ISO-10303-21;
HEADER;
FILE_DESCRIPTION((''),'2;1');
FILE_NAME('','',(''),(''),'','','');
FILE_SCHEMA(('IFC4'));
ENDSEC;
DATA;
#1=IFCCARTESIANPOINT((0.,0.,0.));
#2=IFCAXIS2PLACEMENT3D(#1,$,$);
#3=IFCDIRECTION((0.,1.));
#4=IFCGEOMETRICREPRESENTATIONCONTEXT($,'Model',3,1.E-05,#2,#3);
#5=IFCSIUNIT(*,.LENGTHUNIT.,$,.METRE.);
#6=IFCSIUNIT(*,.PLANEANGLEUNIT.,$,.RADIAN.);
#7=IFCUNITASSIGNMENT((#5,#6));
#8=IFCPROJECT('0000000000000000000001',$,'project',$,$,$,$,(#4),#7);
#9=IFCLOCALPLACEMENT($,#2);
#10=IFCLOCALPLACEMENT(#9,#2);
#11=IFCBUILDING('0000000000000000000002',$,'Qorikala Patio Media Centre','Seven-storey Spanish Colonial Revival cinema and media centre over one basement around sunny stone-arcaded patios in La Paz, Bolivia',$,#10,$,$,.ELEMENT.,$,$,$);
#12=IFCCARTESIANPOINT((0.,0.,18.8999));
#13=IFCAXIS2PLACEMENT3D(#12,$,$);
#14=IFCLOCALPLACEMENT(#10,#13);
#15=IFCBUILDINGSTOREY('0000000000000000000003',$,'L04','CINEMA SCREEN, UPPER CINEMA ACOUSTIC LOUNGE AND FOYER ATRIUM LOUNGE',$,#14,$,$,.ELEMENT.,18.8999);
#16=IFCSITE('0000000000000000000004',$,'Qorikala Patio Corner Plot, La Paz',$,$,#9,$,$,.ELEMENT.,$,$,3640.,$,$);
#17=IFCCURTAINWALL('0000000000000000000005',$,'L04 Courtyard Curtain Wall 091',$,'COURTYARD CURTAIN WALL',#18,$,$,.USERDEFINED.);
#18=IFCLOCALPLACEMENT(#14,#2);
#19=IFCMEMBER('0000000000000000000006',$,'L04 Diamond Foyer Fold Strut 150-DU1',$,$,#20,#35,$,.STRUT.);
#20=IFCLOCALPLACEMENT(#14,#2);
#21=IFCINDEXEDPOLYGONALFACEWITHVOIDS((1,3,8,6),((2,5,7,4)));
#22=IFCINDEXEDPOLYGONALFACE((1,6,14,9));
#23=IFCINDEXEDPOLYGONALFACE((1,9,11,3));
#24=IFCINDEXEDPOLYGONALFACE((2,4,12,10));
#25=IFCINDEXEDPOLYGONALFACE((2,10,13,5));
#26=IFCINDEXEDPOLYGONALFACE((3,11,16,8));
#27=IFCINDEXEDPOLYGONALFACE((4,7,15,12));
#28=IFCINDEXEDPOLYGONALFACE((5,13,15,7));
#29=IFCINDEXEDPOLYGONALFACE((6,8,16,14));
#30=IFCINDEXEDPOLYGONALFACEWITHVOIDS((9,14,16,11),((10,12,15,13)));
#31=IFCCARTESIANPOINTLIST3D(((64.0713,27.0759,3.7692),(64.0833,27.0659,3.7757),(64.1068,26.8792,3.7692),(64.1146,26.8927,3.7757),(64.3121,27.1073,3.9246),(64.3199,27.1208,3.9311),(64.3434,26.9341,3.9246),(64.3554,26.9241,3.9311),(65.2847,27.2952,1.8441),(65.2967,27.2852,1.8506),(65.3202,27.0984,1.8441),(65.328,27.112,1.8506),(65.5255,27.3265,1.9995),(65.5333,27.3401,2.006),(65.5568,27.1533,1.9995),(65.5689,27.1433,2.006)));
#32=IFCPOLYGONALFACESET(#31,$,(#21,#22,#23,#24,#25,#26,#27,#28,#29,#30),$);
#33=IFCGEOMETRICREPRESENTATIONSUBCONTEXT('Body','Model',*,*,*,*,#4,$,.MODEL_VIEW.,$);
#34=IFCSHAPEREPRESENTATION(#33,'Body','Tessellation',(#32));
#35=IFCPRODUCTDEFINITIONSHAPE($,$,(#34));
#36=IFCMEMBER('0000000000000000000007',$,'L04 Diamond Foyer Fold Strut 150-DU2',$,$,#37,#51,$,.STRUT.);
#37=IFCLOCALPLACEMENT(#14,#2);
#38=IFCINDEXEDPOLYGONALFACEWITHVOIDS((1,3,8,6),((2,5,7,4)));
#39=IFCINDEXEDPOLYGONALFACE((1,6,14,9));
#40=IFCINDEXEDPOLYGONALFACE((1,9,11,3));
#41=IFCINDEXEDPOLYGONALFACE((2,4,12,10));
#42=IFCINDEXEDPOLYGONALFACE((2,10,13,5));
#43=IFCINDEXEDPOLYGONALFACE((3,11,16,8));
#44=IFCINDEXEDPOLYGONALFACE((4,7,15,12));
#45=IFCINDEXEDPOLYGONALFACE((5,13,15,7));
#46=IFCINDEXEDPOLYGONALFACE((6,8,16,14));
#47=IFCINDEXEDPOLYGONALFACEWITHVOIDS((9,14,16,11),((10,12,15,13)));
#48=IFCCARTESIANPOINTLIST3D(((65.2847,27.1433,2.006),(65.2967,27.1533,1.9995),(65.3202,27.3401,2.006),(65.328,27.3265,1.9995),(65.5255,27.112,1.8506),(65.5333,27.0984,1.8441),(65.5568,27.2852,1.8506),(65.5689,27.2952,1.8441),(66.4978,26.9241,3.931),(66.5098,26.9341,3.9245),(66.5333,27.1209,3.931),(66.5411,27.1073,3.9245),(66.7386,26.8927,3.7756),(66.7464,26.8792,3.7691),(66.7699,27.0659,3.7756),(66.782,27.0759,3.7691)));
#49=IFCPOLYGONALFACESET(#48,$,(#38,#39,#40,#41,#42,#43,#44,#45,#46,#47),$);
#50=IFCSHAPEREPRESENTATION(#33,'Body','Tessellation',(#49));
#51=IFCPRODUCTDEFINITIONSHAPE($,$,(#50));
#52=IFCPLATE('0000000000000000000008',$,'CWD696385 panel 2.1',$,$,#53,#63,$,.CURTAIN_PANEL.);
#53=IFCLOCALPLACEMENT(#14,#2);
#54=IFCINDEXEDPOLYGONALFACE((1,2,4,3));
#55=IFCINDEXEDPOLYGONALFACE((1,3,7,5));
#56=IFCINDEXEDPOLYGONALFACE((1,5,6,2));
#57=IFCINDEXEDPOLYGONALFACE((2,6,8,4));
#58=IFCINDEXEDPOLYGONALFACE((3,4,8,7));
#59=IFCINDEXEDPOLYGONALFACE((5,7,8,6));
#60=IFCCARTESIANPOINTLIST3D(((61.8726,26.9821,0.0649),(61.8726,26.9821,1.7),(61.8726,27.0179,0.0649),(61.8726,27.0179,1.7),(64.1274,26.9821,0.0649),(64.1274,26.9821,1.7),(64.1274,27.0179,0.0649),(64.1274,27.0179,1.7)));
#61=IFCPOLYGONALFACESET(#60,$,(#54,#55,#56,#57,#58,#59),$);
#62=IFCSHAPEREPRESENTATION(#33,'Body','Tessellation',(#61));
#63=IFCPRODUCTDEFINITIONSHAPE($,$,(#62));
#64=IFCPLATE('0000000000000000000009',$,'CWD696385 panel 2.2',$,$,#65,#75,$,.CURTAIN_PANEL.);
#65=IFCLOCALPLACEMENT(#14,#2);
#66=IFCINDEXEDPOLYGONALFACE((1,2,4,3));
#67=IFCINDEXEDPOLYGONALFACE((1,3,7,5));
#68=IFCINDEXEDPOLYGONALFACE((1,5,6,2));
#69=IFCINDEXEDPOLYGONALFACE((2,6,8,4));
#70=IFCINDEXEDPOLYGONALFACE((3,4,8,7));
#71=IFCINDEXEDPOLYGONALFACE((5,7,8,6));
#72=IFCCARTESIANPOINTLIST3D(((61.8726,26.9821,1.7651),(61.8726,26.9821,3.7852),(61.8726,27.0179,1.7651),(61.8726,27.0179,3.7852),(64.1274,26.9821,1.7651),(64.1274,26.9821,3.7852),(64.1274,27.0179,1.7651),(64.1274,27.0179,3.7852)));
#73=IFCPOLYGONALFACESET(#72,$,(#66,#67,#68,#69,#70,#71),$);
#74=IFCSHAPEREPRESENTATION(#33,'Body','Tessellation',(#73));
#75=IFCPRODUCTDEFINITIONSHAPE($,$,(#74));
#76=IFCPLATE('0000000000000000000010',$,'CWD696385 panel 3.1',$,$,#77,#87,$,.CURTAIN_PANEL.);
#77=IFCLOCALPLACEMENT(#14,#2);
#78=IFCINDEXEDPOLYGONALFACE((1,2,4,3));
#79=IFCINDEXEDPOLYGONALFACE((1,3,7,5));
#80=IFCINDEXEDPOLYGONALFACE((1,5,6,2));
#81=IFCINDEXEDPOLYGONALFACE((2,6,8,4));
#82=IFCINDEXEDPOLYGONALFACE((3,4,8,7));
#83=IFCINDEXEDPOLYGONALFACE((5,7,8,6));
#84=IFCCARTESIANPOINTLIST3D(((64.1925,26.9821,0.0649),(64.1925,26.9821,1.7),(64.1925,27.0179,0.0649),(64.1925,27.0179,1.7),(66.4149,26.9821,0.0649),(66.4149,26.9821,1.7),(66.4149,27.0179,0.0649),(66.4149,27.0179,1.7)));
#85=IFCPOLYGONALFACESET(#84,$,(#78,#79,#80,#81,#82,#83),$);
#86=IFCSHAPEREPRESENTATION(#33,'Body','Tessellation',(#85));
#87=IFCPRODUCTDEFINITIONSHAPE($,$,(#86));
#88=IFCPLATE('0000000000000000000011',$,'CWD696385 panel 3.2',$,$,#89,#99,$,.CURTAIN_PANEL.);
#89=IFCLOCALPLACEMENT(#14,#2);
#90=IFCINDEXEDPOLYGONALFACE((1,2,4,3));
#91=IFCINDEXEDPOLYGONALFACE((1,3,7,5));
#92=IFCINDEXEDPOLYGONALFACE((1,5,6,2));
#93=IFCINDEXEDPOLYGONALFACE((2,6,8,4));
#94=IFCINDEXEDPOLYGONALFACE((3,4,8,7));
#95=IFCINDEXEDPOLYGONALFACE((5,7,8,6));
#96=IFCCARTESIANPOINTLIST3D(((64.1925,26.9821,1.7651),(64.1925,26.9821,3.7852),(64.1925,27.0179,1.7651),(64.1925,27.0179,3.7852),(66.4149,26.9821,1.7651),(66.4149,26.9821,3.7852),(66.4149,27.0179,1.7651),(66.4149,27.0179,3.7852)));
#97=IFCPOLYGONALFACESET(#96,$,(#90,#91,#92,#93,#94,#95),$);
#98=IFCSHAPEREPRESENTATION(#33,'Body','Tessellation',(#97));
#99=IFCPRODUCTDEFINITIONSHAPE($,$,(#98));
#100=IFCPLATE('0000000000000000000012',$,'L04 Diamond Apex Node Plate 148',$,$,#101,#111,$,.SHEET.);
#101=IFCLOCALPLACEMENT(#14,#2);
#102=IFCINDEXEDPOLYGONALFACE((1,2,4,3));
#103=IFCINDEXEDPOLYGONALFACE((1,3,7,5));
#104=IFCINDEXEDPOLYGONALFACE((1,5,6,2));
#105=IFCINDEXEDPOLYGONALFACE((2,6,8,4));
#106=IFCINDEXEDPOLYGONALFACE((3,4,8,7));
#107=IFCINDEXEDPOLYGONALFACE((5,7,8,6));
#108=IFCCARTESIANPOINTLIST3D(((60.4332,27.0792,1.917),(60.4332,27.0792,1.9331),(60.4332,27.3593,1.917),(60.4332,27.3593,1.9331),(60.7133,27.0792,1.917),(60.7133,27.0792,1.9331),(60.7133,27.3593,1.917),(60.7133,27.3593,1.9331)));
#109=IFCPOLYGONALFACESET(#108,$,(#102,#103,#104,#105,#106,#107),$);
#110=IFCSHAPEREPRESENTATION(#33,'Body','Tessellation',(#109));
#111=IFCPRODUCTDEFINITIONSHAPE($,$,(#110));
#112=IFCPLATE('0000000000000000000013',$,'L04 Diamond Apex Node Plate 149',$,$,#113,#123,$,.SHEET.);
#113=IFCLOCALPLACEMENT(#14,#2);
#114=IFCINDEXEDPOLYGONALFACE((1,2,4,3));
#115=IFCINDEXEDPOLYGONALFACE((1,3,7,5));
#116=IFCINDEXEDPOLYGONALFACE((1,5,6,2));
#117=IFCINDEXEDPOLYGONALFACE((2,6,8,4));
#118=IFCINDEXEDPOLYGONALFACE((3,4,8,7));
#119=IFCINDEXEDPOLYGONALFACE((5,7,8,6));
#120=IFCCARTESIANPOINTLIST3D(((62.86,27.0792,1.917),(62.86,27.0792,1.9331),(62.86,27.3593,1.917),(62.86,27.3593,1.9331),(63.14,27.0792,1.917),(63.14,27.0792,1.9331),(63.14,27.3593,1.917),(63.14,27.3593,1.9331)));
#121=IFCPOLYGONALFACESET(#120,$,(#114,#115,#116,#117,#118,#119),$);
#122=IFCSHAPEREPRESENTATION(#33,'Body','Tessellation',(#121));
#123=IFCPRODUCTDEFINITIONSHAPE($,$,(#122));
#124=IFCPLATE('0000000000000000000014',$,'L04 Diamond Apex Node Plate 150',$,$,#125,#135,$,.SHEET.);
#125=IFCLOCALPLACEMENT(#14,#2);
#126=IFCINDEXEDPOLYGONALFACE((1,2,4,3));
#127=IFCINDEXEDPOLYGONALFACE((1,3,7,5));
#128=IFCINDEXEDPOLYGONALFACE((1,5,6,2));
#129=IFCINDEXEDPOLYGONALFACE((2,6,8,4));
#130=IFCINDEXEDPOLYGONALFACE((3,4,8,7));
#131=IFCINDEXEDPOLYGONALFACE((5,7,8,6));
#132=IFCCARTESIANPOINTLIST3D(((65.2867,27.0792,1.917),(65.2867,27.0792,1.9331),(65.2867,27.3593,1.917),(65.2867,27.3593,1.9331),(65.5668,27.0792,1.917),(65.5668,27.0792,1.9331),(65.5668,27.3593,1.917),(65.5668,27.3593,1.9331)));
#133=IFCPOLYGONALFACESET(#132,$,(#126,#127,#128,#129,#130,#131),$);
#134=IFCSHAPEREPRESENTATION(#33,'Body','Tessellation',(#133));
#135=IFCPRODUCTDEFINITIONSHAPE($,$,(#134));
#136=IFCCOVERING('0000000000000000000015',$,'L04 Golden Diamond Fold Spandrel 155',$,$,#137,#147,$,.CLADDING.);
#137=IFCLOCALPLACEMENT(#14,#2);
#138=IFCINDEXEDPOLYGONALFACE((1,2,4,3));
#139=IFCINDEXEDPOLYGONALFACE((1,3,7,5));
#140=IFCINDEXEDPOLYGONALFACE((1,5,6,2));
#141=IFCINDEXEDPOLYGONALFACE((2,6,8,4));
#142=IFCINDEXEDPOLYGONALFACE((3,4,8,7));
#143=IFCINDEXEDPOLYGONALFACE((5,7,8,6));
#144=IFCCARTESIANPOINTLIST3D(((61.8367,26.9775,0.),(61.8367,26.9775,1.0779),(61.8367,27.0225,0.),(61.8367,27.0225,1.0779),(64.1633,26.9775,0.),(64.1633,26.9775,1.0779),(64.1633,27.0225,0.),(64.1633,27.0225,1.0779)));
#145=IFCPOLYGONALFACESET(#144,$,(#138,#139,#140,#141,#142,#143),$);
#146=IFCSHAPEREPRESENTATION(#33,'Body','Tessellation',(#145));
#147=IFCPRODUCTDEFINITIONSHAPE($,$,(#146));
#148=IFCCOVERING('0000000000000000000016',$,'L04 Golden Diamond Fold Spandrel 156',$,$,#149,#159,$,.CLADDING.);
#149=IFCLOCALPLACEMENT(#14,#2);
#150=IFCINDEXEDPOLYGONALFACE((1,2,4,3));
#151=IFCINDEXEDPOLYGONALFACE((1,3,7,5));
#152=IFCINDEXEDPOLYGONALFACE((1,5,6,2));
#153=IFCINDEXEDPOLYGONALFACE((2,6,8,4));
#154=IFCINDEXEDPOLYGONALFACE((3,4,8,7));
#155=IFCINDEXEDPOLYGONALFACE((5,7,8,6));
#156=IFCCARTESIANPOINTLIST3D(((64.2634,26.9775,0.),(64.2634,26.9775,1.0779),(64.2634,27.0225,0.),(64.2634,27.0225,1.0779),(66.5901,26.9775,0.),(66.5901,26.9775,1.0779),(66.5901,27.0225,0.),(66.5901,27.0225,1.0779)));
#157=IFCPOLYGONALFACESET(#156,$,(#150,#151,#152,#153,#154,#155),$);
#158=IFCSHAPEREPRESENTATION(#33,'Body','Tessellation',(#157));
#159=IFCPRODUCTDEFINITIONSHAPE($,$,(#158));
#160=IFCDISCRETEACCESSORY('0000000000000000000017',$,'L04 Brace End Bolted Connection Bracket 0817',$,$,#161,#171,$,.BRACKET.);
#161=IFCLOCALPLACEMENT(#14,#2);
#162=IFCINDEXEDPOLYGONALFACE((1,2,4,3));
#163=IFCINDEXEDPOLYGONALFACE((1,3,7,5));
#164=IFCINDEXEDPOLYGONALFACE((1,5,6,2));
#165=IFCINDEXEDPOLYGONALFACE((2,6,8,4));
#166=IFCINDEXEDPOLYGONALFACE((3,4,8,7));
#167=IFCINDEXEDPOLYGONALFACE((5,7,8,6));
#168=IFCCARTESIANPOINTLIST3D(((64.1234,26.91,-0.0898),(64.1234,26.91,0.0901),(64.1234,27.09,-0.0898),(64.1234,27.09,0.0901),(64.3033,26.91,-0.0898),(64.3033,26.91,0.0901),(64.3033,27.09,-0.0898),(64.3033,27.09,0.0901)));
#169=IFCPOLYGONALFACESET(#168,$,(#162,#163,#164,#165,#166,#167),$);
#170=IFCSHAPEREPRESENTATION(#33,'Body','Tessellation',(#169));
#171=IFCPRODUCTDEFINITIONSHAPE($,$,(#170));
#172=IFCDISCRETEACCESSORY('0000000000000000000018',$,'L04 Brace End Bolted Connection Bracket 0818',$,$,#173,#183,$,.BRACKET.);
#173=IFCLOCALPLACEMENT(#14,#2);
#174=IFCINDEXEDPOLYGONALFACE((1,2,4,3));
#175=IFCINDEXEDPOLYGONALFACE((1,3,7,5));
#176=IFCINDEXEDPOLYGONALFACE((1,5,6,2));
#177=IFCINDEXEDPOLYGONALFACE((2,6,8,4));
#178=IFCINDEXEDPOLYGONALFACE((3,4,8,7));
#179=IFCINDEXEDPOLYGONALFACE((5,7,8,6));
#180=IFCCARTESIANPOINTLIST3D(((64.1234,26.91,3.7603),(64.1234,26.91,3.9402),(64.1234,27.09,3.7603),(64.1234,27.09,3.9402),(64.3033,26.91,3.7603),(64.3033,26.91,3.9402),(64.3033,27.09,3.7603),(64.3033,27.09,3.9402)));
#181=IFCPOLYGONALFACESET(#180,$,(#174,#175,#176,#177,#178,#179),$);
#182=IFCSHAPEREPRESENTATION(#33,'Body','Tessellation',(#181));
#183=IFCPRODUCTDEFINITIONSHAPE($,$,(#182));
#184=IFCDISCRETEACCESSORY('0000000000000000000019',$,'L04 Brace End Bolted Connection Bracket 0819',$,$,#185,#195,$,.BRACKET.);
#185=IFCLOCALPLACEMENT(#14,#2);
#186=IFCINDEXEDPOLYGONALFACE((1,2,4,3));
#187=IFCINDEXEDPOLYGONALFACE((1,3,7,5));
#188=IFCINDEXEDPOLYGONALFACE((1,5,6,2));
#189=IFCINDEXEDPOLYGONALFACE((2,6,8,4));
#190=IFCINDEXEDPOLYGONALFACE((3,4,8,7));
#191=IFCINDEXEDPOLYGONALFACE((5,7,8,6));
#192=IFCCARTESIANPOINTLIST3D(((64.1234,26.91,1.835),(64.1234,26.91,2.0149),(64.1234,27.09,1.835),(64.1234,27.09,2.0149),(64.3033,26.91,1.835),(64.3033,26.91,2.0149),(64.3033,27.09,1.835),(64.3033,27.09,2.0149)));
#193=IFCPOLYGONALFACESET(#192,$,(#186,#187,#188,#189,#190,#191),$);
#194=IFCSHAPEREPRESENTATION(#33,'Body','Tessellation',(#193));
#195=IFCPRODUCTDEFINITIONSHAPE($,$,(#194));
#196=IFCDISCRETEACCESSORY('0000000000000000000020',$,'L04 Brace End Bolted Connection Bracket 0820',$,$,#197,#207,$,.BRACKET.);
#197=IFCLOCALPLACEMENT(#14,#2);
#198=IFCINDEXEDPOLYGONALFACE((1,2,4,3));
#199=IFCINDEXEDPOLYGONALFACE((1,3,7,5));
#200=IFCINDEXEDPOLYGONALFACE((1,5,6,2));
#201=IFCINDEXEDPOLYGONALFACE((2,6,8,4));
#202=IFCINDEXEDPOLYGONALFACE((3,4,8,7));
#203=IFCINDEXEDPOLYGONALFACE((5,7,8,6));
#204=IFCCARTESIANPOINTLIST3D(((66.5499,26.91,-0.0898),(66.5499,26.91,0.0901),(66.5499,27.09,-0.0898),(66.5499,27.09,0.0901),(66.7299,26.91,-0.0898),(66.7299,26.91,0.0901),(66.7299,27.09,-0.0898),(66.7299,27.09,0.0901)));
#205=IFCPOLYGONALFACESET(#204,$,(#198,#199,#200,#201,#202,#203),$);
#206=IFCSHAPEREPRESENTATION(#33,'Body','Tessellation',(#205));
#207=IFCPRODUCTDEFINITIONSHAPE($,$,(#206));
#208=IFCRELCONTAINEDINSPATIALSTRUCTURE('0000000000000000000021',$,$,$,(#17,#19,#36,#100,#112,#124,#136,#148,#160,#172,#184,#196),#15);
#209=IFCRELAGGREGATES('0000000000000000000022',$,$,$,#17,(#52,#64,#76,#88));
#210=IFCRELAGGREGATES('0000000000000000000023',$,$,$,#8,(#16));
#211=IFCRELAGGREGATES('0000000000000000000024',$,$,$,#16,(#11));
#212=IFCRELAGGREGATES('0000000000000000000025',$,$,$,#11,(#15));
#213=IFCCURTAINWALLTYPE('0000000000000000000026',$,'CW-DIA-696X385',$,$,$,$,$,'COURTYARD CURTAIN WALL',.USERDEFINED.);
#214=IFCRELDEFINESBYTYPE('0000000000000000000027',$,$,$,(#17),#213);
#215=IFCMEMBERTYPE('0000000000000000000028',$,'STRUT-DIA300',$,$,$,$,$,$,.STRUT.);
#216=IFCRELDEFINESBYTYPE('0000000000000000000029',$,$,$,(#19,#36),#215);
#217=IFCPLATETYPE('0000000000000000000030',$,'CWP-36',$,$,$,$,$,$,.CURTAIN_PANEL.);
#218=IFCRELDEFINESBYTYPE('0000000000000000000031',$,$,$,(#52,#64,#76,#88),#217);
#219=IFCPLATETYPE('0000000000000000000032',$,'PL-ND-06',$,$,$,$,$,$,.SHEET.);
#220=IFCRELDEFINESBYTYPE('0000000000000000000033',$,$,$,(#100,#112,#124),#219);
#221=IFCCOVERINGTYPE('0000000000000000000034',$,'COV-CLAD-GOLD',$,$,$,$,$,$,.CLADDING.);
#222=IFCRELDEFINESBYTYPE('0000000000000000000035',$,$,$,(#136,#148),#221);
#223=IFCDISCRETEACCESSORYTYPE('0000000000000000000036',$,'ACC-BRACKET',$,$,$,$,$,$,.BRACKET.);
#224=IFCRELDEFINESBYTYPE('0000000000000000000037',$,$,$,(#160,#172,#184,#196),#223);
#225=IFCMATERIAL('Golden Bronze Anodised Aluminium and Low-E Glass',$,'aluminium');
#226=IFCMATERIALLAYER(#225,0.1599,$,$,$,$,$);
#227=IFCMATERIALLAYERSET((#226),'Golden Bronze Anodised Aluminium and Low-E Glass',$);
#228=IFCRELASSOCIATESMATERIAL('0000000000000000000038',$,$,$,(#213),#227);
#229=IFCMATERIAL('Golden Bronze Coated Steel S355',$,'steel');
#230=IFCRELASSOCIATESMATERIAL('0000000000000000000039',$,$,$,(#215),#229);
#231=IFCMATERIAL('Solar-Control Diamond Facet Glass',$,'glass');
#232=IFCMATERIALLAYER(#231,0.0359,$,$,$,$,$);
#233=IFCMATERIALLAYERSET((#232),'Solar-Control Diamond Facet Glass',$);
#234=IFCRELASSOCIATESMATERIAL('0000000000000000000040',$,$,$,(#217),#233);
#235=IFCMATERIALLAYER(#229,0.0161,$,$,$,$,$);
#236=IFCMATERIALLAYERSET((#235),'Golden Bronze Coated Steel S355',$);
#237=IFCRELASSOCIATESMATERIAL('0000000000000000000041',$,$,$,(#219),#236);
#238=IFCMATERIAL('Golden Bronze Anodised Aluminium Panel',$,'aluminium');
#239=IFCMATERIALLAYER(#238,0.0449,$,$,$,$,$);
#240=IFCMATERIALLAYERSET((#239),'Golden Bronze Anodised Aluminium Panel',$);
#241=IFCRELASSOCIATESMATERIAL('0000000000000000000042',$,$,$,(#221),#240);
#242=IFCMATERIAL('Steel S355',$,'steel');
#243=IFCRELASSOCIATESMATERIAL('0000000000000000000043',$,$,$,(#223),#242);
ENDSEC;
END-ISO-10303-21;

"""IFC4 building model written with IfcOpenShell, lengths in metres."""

from ifc_helpers import new_model, si_unit, direction, frame, origin, origin_2d, place, context, subcontext, project, spatial, rectangle, hollow_rectangle, extrude, material, layer, layer_set, material_profile, profile_set, type_object, element, aggregate, save


model = new_model("IFC4")

# Units and contexts
model_context = context("Model", 3, precision=1e-05, world=origin(), true_north=direction((0.0, 1.0)))
body_context = subcontext(model_context, "Body", "Model", "MODEL_VIEW")
ifc_project = project(units=[si_unit("LENGTHUNIT", "METRE"), si_unit("PLANEANGLEUNIT", "RADIAN")], contexts=[model_context])

# Site, building, storey
site_placement = place(None, origin())
site = spatial("IfcSite", under=ifc_project, at=site_placement, Name="Qorikala Patio Corner Plot, La Paz", CompositionType="ELEMENT", RefElevation=3640.0)
building_placement = place(site_placement, origin())
building = spatial("IfcBuilding", under=site, at=building_placement, Name="Qorikala Patio Media Centre", Description="Seven-storey Spanish Colonial Revival cinema and media centre over one basement around sunny stone-arcaded patios in La Paz, Bolivia", CompositionType="ELEMENT")
storey_placement = place(building_placement, frame((0.0, 0.0, 18.8999)))
storey = spatial("IfcBuildingStorey", under=building, at=storey_placement, Name="L04", Description="CINEMA SCREEN, UPPER CINEMA ACOUSTIC LOUNGE AND FOYER ATRIUM LOUNGE", CompositionType="ELEMENT", Elevation=18.8999)

# Shared definitions
ifc_material_1 = material(Name="Golden Bronze Coated Steel S355", Category="steel")

# Curtain wall
ifc_material_2 = material(Name="Golden Bronze Anodised Aluminium and Low-E Glass", Category="aluminium")
ifc_layer_1 = layer(ifc_material_2, 0.1599)
ifc_layer_set_1 = layer_set([ifc_layer_1], Name="Golden Bronze Anodised Aluminium and Low-E Glass")
curtain_wall_type = type_object("IfcCurtainWallType", Name="CW-DIA-696X385", ElementType="COURTYARD CURTAIN WALL", PredefinedType="USERDEFINED", material=ifc_layer_set_1)
curtain_wall_placement = place(storey_placement, origin())
curtain_wall = element("IfcCurtainWall", 1, at=curtain_wall_placement, inside=storey, type_object=curtain_wall_type, Name="L04 Courtyard Curtain Wall 091", ObjectType="COURTYARD CURTAIN WALL", PredefinedType="USERDEFINED")

# Members
ifc_material_profile_1 = material_profile(ifc_material_1, hollow_rectangle(XDim=0.2, YDim=0.3, WallThickness=0.012, at=origin_2d()), Name="HSS300X200X12")
ifc_profile_set_1 = profile_set([ifc_material_profile_1], Name="Golden Bronze Coated Steel S355")
member_type_1 = type_object("IfcMemberType", Name="STRUT-DIA300", PredefinedType="STRUT", material=ifc_profile_set_1)
member_1_placement = place(storey_placement, frame((65.4268, 27.2192, 1.925), z_axis=(-0.530768, -0.095901, 0.842074), x_axis=(0.177805, -0.984066, 0.0)))
element("IfcMember", 2, at=member_1_placement, inside=storey, type_object=member_type_1, Name="L04 Diamond Foyer Fold Strut 150-DU1", PredefinedType="STRUT", context=body_context, shape_type="SweptSolid", body=[
    extrude(hollow_rectangle(XDim=0.2, YDim=0.3, WallThickness=0.012, at=origin_2d()), origin(), (0.0, 0.0, 1.0), 2.2861),
])
member_2_placement = place(storey_placement, frame((65.4268, 27.2192, 1.925), z_axis=(0.530691, -0.095907, 0.842121), x_axis=(0.17784, 0.984059, 0.0)))
element("IfcMember", 3, at=member_2_placement, inside=storey, type_object=member_type_1, Name="L04 Diamond Foyer Fold Strut 150-DU2", PredefinedType="STRUT", context=body_context, shape_type="SweptSolid", body=[
    extrude(hollow_rectangle(XDim=0.2, YDim=0.3, WallThickness=0.012, at=origin_2d()), origin(), (0.0, 0.0, 1.0), 2.2859),
])

# Plates
ifc_material_3 = material(Name="Solar-Control Diamond Facet Glass", Category="glass")
ifc_layer_2 = layer(ifc_material_3, 0.0359)
ifc_layer_set_2 = layer_set([ifc_layer_2], Name="Solar-Control Diamond Facet Glass")
plate_type_1 = type_object("IfcPlateType", Name="CWP-36", PredefinedType="CURTAIN_PANEL", material=ifc_layer_set_2)
plate_1_placement = place(storey_placement, frame((63.0, 27.0, 0.0649), z_axis=(0.0, 0.0, 1.0), x_axis=(1.0, 0.0, 0.0)))
plate_1 = element("IfcPlate", 4, at=plate_1_placement, type_object=plate_type_1, Name="CWD696385 panel 2.1", PredefinedType="CURTAIN_PANEL", context=body_context, shape_type="SweptSolid", body=[
    extrude(rectangle(XDim=2.2549, YDim=0.0359, at=origin_2d()), origin(), (0.0, 0.0, 1.0), 1.635),
])
plate_2_placement = place(storey_placement, frame((63.0, 27.0, 1.7651), z_axis=(0.0, 0.0, 1.0), x_axis=(1.0, 0.0, 0.0)))
plate_2 = element("IfcPlate", 5, at=plate_2_placement, type_object=plate_type_1, Name="CWD696385 panel 2.2", PredefinedType="CURTAIN_PANEL", context=body_context, shape_type="SweptSolid", body=[
    extrude(rectangle(XDim=2.2549, YDim=0.0359, at=origin_2d()), origin(), (0.0, 0.0, 1.0), 2.02),
])
plate_3_placement = place(storey_placement, frame((65.3037, 27.0, 0.0649), z_axis=(0.0, 0.0, 1.0), x_axis=(1.0, 0.0, 0.0)))
plate_3 = element("IfcPlate", 6, at=plate_3_placement, type_object=plate_type_1, Name="CWD696385 panel 3.1", PredefinedType="CURTAIN_PANEL", context=body_context, shape_type="SweptSolid", body=[
    extrude(rectangle(XDim=2.2224, YDim=0.0359, at=origin_2d()), origin(), (0.0, 0.0, 1.0), 1.635),
])
plate_4_placement = place(storey_placement, frame((65.3037, 27.0, 1.7651), z_axis=(0.0, 0.0, 1.0), x_axis=(1.0, 0.0, 0.0)))
plate_4 = element("IfcPlate", 7, at=plate_4_placement, type_object=plate_type_1, Name="CWD696385 panel 3.2", PredefinedType="CURTAIN_PANEL", context=body_context, shape_type="SweptSolid", body=[
    extrude(rectangle(XDim=2.2224, YDim=0.0359, at=origin_2d()), origin(), (0.0, 0.0, 1.0), 2.02),
])
aggregate(curtain_wall, [plate_1, plate_2, plate_3, plate_4])

# Plates
ifc_layer_3 = layer(ifc_material_1, 0.0161)
ifc_layer_set_3 = layer_set([ifc_layer_3], Name="Golden Bronze Coated Steel S355")
plate_type_2 = type_object("IfcPlateType", Name="PL-ND-06", PredefinedType="SHEET", material=ifc_layer_set_3)
for number, where, z_axis, x_axis, name in (
    (8, (60.5732, 27.2192, 1.917), (0.0, 0.0, 1.0), (1.0, 0.0, 0.0), "L04 Diamond Apex Node Plate 148"),
    (9, (63.0, 27.2192, 1.917), (0.0, 0.0, 1.0), (1.0, 0.0, 0.0), "L04 Diamond Apex Node Plate 149"),
    (10, (65.4268, 27.2192, 1.917), (0.0, 0.0, 1.0), (1.0, 0.0, 0.0), "L04 Diamond Apex Node Plate 150"),
):
    element("IfcPlate", number, at=place(storey_placement, frame(where, z_axis=z_axis, x_axis=x_axis)), inside=storey, type_object=plate_type_2, Name=name, PredefinedType="SHEET", context=body_context, shape_type="SweptSolid", body=[
        extrude(rectangle(XDim=0.28, YDim=0.28, at=origin_2d()), origin(), (0.0, 0.0, 1.0), 0.0161),
    ])

# Coverings
ifc_material_4 = material(Name="Golden Bronze Anodised Aluminium Panel", Category="aluminium")
ifc_layer_4 = layer(ifc_material_4, 0.0449)
ifc_layer_set_4 = layer_set([ifc_layer_4], Name="Golden Bronze Anodised Aluminium Panel")
covering_type = type_object("IfcCoveringType", Name="COV-CLAD-GOLD", PredefinedType="CLADDING", material=ifc_layer_set_4)
for number, where, z_axis, x_axis, name in (
    (11, (63.0, 27.0, 0.0), (0.0, 0.0, 1.0), (1.0, 0.0, 0.0), "L04 Golden Diamond Fold Spandrel 155"),
    (12, (65.4268, 27.0, 0.0), (0.0, 0.0, 1.0), (1.0, 0.0, 0.0), "L04 Golden Diamond Fold Spandrel 156"),
):
    element("IfcCovering", number, at=place(storey_placement, frame(where, z_axis=z_axis, x_axis=x_axis)), inside=storey, type_object=covering_type, Name=name, PredefinedType="CLADDING", context=body_context, shape_type="SweptSolid", body=[
        extrude(rectangle(XDim=2.3267, YDim=0.0449, at=origin_2d()), origin(), (0.0, 0.0, 1.0), 1.0779),
    ])

# Discrete accessories
ifc_material_5 = material(Name="Steel S355", Category="steel")
discrete_accessory_type = type_object("IfcDiscreteAccessoryType", Name="ACC-BRACKET", PredefinedType="BRACKET", material=ifc_material_5)
for number, where, z_axis, x_axis, name in (
    (13, (64.2134, 27.0, -0.0898), (0.0, 0.0, 1.0), (1.0, 0.0, 0.0), "L04 Brace End Bolted Connection Bracket 0817"),
    (14, (64.2134, 27.0, 3.7603), (0.0, 0.0, 1.0), (1.0, 0.0, 0.0), "L04 Brace End Bolted Connection Bracket 0818"),
    (15, (64.2134, 27.0, 1.835), (0.0, 0.0, 1.0), (1.0, 0.0, 0.0), "L04 Brace End Bolted Connection Bracket 0819"),
    (16, (66.6399, 27.0, -0.0898), (0.0, 0.0, 1.0), (1.0, 0.0, 0.0), "L04 Brace End Bolted Connection Bracket 0820"),
):
    element("IfcDiscreteAccessory", number, at=place(storey_placement, frame(where, z_axis=z_axis, x_axis=x_axis)), inside=storey, type_object=discrete_accessory_type, Name=name, PredefinedType="BRACKET", context=body_context, shape_type="SweptSolid", body=[
        extrude(rectangle(XDim=0.1799, YDim=0.1799, at=origin_2d()), origin(), (0.0, 0.0, 1.0), 0.1799),
    ])

save(model, "model.ifc")
